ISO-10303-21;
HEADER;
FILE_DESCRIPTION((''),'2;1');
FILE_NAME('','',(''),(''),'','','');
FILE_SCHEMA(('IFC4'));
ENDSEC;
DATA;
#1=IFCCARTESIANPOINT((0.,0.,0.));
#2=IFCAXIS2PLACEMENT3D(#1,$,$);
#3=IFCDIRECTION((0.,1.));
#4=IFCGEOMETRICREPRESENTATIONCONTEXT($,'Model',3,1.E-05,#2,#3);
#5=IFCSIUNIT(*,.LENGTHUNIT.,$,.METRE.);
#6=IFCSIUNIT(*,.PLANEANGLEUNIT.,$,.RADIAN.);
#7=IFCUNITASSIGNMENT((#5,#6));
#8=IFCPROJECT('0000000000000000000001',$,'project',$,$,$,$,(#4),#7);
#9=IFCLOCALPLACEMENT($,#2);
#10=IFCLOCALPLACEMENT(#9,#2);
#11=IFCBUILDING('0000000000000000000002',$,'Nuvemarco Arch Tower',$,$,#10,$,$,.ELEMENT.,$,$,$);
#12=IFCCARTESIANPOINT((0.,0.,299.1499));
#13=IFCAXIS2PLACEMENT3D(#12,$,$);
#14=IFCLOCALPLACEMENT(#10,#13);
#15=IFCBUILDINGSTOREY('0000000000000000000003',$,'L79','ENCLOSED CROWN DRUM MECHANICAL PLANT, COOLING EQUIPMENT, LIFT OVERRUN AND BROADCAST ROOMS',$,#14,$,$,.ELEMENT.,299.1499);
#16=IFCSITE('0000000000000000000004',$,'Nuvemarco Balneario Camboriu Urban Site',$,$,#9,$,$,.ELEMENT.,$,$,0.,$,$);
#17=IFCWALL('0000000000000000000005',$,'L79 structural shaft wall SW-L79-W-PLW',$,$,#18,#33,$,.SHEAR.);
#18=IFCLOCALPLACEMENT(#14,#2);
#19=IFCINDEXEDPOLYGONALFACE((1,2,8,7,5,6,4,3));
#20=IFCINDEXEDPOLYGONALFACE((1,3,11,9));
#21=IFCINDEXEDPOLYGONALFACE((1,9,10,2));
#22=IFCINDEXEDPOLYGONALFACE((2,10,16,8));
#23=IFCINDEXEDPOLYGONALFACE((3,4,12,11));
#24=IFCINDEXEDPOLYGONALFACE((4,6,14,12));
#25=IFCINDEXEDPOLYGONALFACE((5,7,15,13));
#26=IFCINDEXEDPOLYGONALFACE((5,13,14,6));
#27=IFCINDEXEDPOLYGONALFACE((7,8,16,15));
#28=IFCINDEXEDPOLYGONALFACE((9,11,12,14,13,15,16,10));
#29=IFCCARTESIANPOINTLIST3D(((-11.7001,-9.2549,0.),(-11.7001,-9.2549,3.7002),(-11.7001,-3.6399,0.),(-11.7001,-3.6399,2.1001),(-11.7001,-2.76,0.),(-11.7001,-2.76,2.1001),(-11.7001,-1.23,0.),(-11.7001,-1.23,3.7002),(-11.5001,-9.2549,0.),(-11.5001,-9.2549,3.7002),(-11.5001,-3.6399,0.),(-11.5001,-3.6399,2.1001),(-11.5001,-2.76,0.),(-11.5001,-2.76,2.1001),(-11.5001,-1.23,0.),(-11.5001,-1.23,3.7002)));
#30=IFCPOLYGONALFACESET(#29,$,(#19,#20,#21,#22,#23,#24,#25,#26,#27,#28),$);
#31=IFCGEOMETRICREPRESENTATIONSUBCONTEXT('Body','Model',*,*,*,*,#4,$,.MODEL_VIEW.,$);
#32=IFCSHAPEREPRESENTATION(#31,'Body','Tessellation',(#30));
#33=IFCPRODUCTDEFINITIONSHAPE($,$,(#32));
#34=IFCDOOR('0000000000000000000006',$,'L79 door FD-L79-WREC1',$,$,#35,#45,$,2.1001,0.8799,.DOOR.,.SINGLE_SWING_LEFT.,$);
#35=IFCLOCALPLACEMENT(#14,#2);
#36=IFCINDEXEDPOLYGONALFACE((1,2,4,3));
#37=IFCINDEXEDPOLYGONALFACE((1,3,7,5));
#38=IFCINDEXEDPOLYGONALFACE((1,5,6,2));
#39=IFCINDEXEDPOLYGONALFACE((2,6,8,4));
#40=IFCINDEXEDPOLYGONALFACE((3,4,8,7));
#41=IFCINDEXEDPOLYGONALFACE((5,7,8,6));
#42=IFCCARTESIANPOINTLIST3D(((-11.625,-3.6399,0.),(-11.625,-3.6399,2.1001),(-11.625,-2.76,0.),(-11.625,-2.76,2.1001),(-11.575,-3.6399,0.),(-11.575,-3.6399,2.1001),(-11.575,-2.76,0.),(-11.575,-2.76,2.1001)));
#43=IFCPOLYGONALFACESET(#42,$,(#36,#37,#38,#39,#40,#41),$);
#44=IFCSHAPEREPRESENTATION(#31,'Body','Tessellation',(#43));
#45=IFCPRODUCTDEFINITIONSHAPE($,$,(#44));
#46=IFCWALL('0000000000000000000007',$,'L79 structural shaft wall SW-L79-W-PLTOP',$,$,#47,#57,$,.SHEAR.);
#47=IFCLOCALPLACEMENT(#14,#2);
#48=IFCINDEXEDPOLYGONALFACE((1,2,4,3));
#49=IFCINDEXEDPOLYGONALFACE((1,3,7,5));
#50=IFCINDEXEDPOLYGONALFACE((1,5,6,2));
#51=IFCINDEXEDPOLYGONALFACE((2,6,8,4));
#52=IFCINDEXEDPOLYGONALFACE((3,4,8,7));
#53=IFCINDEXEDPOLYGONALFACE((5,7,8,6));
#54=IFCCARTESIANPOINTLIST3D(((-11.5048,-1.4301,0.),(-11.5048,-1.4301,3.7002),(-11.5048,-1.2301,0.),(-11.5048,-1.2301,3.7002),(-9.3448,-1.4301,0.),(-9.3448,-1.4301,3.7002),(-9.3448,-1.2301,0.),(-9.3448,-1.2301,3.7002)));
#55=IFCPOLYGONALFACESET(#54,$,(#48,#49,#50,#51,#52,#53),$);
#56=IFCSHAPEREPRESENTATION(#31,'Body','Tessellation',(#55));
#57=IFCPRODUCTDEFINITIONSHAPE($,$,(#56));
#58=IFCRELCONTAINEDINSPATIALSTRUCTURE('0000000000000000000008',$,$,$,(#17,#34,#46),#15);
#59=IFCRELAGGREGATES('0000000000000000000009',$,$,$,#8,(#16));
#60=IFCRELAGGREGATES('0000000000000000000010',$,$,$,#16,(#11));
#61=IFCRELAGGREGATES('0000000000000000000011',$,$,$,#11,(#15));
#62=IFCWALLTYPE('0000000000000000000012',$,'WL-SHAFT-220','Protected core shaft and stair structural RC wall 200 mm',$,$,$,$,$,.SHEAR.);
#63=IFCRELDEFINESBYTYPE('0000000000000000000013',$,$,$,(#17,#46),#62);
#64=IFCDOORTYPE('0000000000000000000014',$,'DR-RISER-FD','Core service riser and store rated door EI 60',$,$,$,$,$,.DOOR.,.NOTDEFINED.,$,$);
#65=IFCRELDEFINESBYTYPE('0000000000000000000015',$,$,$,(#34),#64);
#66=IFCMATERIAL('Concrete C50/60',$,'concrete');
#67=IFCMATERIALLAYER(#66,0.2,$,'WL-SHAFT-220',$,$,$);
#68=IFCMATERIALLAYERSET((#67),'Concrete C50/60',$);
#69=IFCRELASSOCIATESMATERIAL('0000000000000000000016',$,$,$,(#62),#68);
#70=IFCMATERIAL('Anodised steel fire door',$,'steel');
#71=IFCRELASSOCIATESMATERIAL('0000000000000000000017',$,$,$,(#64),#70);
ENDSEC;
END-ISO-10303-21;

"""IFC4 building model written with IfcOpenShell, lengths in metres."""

from ifc_helpers import new_model, si_unit, direction, frame, frame_2d, origin, place, context, subcontext, project, spatial, rectangle, extrude, source, transform, mapped, material, layer, layer_set, type_object, type_shapes, element, fill, save


model = new_model("IFC4")

# Units and contexts
model_context = context("Model", 3, precision=1e-05, world=origin(), true_north=direction((0.0, 1.0)))
body_context = subcontext(model_context, "Body", "Model", "MODEL_VIEW")
ifc_project = project(units=[si_unit("LENGTHUNIT", "METRE"), si_unit("PLANEANGLEUNIT", "RADIAN")], contexts=[model_context])

# Site, building, storey
site_placement = place(None, origin())
site = spatial("IfcSite", under=ifc_project, at=site_placement, Name="Nuvemarco Balneario Camboriu Urban Site", CompositionType="ELEMENT", RefElevation=0.0)
building_placement = place(site_placement, origin())
building = spatial("IfcBuilding", under=site, at=building_placement, Name="Nuvemarco Arch Tower", CompositionType="ELEMENT")
storey_placement = place(building_placement, frame((0.0, 0.0, 299.1499)))
storey = spatial("IfcBuildingStorey", under=building, at=storey_placement, Name="L79", Description="ENCLOSED CROWN DRUM MECHANICAL PLANT, COOLING EQUIPMENT, LIFT OVERRUN AND BROADCAST ROOMS", CompositionType="ELEMENT", Elevation=299.1499)

# Shared definitions
ifc_material_1 = material(Name="Concrete C50/60", Category="concrete")

# Shared definitions
ifc_material_2 = material(Name="Anodised steel fire door", Category="steel")

# Shared definitions
ifc_layer_1 = layer(ifc_material_1, 0.2, Name="WL-SHAFT-220")
ifc_layer_set_1 = layer_set([ifc_layer_1], Name="Concrete C50/60")
wall_type_1 = type_object("IfcWallType", Name="WL-SHAFT-220", Description="Protected core shaft and stair structural RC wall 200 mm", PredefinedType="SHEAR", material=ifc_layer_set_1)

# Shared definitions
door_type_1 = type_object("IfcDoorType", Name="DR-RISER-FD", Description="Core service riser and store rated door EI 60", OperationType="NOTDEFINED", PredefinedType="DOOR", material=ifc_material_2)
shared_shape_1 = source(origin(), body_context, "Body", "SweptSolid", [
    extrude(rectangle(XDim=0.8799, YDim=2.1001, at=frame_2d((0.4399, 1.05))), frame((0.0, 0.0249, 0.0), z_axis=(0.0, -1.0, 0.0), x_axis=(1.0, 0.0, 0.0)), (0.0, 0.0, 1.0), 0.05),
])
type_shapes(door_type_1, [shared_shape_1])

# Wall, opening, door
wall_1_placement = place(storey_placement, frame((-11.6001, -9.2549, 0.0), z_axis=(0.0, 0.0, 1.0), x_axis=(0.0, 1.0, 0.0)))
wall_1 = element("IfcWall", 1, at=wall_1_placement, inside=storey, type_object=wall_type_1, Name="L79 structural shaft wall SW-L79-W-PLW", PredefinedType="SHEAR", context=body_context, shape_type="SweptSolid", body=[
    extrude(rectangle(XDim=8.0249, YDim=0.2, at=frame_2d((4.0125, 0.0))), origin(), (0.0, 0.0, 1.0), 3.7002),
])
opening_1_placement = place(wall_1_placement, frame((5.615, 0.0, 0.0)))
opening_1 = element("IfcOpeningElement", 2, at=opening_1_placement, cuts=wall_1, PredefinedType="OPENING", context=body_context, shape_type="SweptSolid", body=[
    extrude(rectangle(XDim=0.8799, YDim=2.1001, at=frame_2d((0.4399, 1.05))), frame((0.0, 0.1099, 0.0), z_axis=(0.0, -1.0, 0.0), x_axis=(1.0, 0.0, 0.0)), (0.0, 0.0, 1.0), 0.22),
])
door_1_placement = place(opening_1_placement, origin())
door_1 = element("IfcDoor", 3, at=door_1_placement, inside=storey, type_object=door_type_1, Name="L79 door FD-L79-WREC1", OperationType="SINGLE_SWING_LEFT", OverallHeight=2.1001, OverallWidth=0.8799, PredefinedType="DOOR", context=body_context, shape_type="MappedRepresentation", body=[
    mapped(shared_shape_1, transform((0.0, 0.0, 0.0), scale=1.0)),
])
fill(opening_1, door_1)

# Wall
wall_2_placement = place(storey_placement, frame((-11.5049, -1.3301, 0.0), z_axis=(0.0, 0.0, 1.0), x_axis=(1.0, 0.0, 0.0)))
element("IfcWall", 4, at=wall_2_placement, inside=storey, type_object=wall_type_1, Name="L79 structural shaft wall SW-L79-W-PLTOP", PredefinedType="SHEAR", context=body_context, shape_type="SweptSolid", body=[
    extrude(rectangle(XDim=2.1599, YDim=0.2, at=frame_2d((1.0801, 0.0))), origin(), (0.0, 0.0, 1.0), 3.7002),
])

save(model, "model.ifc")
